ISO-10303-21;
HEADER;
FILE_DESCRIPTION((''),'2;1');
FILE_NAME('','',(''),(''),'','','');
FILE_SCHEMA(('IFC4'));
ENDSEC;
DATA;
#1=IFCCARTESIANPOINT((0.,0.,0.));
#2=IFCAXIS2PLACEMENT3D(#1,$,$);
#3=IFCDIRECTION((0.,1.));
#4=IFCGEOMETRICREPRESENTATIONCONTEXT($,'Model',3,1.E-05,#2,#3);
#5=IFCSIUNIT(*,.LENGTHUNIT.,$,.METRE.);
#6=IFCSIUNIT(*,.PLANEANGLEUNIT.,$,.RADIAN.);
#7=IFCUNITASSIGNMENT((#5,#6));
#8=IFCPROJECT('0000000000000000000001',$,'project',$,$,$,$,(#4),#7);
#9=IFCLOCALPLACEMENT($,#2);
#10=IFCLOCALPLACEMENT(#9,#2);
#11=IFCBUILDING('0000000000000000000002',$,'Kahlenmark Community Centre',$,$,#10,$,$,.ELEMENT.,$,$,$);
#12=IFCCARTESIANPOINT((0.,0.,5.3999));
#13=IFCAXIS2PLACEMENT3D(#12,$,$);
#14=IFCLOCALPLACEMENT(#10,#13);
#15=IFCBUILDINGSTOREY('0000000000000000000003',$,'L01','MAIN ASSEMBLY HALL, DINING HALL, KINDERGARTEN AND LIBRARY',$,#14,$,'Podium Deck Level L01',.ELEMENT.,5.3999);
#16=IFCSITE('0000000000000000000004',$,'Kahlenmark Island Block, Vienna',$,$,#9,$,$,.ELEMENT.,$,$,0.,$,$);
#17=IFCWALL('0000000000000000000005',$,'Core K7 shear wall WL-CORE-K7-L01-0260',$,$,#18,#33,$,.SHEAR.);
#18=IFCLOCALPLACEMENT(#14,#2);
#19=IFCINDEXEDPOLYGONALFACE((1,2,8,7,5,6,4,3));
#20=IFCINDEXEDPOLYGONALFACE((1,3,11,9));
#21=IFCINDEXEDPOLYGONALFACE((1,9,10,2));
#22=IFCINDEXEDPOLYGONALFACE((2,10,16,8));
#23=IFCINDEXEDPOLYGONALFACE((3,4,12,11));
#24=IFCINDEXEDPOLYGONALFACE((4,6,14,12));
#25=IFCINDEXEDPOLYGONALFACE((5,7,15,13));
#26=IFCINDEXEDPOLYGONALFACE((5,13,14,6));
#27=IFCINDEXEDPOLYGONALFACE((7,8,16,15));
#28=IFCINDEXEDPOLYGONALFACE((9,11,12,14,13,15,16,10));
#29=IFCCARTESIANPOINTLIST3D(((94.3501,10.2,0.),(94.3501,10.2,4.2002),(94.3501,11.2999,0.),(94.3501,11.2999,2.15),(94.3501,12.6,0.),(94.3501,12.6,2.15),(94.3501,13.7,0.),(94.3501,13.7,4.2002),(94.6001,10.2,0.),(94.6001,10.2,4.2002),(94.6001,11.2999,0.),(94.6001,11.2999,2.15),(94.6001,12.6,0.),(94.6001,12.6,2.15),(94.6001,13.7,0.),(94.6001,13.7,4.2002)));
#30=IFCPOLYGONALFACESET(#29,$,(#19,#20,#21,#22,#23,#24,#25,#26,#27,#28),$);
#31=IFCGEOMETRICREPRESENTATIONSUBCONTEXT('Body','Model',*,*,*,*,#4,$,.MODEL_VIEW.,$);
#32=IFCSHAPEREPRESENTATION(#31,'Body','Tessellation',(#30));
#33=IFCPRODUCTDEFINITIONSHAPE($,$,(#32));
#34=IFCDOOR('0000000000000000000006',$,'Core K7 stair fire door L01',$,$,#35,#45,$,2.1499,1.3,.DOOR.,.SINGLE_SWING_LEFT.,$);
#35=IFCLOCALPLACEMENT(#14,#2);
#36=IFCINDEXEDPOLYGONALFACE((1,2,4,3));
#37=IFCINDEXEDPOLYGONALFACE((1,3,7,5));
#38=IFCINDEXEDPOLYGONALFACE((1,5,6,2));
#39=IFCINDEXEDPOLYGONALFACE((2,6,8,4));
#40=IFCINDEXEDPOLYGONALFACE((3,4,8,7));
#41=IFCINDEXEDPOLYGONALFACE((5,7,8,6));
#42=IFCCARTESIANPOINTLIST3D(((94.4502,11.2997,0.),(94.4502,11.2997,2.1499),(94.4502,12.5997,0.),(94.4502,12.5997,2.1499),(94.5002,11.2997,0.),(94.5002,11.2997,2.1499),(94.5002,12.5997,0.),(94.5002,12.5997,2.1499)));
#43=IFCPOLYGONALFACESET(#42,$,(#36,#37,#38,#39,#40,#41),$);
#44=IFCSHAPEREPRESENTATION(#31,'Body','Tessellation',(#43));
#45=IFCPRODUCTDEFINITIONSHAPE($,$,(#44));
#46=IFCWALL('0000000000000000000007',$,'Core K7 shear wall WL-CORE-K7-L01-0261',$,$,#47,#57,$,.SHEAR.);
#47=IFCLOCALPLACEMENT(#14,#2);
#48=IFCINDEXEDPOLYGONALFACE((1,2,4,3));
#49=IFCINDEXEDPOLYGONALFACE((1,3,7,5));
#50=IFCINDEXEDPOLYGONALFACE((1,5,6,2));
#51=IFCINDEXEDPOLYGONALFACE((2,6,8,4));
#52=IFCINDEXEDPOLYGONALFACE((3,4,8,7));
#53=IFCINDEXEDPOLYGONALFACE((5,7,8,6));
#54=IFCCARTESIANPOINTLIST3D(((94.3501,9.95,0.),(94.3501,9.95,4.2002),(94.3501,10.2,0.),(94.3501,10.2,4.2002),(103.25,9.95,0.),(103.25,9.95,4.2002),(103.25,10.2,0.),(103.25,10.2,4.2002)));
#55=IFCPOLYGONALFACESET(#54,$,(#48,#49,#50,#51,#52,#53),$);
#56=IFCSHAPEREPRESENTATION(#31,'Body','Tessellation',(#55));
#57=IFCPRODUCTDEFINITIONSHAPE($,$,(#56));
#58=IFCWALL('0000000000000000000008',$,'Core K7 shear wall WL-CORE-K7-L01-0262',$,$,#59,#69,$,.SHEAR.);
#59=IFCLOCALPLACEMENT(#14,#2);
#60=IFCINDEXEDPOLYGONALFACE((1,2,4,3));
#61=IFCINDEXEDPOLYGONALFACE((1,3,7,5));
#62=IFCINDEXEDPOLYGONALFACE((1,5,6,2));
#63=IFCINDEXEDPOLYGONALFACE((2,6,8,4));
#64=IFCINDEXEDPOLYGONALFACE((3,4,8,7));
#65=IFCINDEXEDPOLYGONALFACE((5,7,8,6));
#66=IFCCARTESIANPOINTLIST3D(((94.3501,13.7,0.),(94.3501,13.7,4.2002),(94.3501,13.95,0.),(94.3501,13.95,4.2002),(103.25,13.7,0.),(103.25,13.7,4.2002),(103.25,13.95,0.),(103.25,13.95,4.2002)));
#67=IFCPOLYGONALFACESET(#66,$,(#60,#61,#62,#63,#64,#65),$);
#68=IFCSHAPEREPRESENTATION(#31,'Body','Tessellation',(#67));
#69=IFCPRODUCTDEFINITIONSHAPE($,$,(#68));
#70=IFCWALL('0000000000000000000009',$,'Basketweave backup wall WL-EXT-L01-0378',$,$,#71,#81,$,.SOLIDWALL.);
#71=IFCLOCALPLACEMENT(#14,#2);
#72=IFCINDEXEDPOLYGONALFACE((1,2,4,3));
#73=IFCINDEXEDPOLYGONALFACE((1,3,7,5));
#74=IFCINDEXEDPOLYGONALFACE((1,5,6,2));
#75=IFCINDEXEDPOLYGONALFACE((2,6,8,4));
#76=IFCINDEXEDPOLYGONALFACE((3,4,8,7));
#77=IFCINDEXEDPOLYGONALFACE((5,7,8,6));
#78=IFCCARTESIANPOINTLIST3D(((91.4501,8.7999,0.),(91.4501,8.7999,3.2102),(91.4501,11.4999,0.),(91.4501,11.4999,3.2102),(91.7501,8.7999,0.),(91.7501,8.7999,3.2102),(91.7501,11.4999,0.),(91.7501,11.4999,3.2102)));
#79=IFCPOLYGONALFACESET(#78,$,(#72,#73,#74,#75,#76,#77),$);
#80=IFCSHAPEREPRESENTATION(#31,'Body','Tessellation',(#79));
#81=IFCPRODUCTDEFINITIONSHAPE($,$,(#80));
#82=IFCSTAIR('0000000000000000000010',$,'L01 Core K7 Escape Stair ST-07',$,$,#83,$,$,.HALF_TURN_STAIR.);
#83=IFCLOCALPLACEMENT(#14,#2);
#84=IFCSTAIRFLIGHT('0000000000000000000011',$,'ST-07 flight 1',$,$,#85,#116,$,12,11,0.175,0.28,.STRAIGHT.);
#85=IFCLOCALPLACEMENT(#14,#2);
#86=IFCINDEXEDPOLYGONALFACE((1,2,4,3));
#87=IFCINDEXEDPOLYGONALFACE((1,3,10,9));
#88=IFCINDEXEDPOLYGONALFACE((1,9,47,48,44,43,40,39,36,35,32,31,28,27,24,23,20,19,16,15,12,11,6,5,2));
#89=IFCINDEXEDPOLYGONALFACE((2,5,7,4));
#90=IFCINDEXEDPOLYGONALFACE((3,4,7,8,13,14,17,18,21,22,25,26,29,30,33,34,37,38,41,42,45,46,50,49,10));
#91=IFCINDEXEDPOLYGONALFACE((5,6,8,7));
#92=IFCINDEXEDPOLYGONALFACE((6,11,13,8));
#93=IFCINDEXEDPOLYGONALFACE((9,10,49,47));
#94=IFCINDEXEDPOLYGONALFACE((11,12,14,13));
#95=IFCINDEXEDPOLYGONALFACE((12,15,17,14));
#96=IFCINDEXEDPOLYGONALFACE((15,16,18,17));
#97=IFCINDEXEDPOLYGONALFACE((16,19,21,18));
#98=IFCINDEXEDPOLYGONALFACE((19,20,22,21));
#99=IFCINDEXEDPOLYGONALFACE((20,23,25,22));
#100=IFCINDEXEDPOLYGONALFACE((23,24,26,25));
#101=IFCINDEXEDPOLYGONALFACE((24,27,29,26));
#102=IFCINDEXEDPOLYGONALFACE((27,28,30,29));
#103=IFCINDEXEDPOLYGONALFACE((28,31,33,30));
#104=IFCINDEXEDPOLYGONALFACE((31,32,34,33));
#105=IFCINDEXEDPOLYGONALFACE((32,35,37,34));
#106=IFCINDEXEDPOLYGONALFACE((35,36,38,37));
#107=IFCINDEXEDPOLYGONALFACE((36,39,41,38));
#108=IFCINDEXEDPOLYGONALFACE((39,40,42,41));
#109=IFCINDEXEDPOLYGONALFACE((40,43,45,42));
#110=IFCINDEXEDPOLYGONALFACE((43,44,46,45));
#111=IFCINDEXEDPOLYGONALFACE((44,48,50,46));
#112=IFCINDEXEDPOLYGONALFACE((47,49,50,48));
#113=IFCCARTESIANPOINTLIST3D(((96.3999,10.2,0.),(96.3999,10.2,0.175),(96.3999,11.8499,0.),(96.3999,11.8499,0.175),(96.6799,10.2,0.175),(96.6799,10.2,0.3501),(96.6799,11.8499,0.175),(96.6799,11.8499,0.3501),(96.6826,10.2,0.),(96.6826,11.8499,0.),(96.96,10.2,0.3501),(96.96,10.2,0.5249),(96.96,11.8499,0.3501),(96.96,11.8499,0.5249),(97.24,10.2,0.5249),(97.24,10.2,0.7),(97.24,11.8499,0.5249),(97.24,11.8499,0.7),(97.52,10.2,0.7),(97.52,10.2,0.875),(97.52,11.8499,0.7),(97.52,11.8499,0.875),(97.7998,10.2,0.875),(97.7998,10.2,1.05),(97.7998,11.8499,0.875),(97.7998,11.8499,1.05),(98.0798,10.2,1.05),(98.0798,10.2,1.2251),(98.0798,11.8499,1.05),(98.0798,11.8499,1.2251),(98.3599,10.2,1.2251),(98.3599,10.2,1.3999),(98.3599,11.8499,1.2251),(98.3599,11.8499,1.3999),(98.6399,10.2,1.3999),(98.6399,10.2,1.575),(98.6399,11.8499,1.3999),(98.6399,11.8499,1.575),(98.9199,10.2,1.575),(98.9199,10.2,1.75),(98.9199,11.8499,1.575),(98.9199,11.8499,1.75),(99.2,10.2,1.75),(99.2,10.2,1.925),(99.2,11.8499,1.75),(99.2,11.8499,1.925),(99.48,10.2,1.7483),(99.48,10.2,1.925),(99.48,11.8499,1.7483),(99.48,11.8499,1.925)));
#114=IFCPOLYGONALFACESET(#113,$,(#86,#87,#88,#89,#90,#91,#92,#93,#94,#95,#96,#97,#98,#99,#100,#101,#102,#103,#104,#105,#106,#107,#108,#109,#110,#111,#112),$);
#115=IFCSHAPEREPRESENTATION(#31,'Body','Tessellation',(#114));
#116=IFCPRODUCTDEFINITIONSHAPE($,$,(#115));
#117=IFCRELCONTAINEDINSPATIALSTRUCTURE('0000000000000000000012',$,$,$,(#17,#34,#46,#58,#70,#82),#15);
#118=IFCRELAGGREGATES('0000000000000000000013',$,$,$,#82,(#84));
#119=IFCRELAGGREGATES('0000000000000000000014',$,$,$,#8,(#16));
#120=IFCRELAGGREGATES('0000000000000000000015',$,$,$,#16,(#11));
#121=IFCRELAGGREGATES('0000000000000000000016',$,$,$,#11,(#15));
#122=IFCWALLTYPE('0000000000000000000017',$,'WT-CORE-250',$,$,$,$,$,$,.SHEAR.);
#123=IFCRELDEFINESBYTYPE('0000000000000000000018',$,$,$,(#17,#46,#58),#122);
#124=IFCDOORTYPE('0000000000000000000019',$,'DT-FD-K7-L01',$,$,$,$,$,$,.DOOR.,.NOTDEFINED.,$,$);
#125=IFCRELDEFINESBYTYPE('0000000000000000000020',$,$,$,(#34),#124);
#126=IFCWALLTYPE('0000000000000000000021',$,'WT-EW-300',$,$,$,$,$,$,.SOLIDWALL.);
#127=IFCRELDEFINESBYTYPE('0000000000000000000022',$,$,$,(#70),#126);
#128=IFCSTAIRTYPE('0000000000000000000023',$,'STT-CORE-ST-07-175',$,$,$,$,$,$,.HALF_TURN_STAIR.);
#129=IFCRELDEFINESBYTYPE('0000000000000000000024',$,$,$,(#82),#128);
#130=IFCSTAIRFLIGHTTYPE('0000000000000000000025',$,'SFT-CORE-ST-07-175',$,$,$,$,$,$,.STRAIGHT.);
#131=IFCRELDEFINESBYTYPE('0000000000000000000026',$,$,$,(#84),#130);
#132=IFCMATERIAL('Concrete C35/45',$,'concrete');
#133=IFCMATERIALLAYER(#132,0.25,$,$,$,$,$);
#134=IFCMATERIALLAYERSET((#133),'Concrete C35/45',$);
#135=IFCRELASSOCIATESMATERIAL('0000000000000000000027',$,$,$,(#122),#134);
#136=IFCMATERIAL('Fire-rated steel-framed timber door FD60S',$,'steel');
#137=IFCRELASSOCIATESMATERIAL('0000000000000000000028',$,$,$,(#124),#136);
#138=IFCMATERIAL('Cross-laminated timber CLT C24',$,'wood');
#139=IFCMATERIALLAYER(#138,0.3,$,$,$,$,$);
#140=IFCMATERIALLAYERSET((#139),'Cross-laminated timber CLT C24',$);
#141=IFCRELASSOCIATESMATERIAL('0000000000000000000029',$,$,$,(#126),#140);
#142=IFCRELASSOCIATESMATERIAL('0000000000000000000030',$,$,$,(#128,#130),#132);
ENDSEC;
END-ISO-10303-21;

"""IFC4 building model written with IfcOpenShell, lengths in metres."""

from ifc_helpers import new_model, si_unit, direction, frame, frame_2d, origin, place, context, subcontext, project, spatial, polyline, rectangle, outline, extrude, material, layer, layer_set, type_object, element, fill, aggregate, save


model = new_model("IFC4")

# Units and contexts
model_context = context("Model", 3, precision=1e-05, world=origin(), true_north=direction((0.0, 1.0)))
body_context = subcontext(model_context, "Body", "Model", "MODEL_VIEW")
ifc_project = project(units=[si_unit("LENGTHUNIT", "METRE"), si_unit("PLANEANGLEUNIT", "RADIAN")], contexts=[model_context])

# Site, building, storey
site_placement = place(None, origin())
site = spatial("IfcSite", under=ifc_project, at=site_placement, Name="Kahlenmark Island Block, Vienna", CompositionType="ELEMENT", RefElevation=0.0)
building_placement = place(site_placement, origin())
building = spatial("IfcBuilding", under=site, at=building_placement, Name="Kahlenmark Community Centre", CompositionType="ELEMENT")
storey_placement = place(building_placement, frame((0.0, 0.0, 5.3999)))
storey = spatial("IfcBuildingStorey", under=building, at=storey_placement, Name="L01", Description="MAIN ASSEMBLY HALL, DINING HALL, KINDERGARTEN AND LIBRARY", LongName="Podium Deck Level L01", CompositionType="ELEMENT", Elevation=5.3999)

# Shared definitions
ifc_material_1 = material(Name="Concrete C35/45", Category="concrete")

# Wall, opening, door
ifc_layer_1 = layer(ifc_material_1, 0.25)
ifc_layer_set_1 = layer_set([ifc_layer_1], Name="Concrete C35/45")
wall_type_1 = type_object("IfcWallType", Name="WT-CORE-250", PredefinedType="SHEAR", material=ifc_layer_set_1)
wall_1_placement = place(storey_placement, frame((94.4751, 13.7, 0.0), z_axis=(0.0, 0.0, 1.0), x_axis=(0.0, -1.0, 0.0)))
wall_1 = element("IfcWall", 1, at=wall_1_placement, inside=storey, type_object=wall_type_1, Name="Core K7 shear wall WL-CORE-K7-L01-0260", PredefinedType="SHEAR", context=body_context, shape_type="SweptSolid", body=[
    extrude(rectangle(XDim=3.5, YDim=0.25, at=frame_2d((1.75, 0.0))), origin(), (0.0, 0.0, 1.0), 4.2002),
])
opening_placement = place(wall_1_placement, frame((1.1001, 0.0, -0.01)))
opening = element("IfcOpeningElement", 2, at=opening_placement, cuts=wall_1, PredefinedType="OPENING", context=body_context, shape_type="SweptSolid", body=[
    extrude(rectangle(XDim=1.3, YDim=2.1599, at=frame_2d((0.6499, 1.0801))), frame((0.0, 0.135, 0.0), z_axis=(0.0, -1.0, 0.0), x_axis=(1.0, 0.0, 0.0)), (0.0, 0.0, 1.0), 0.27),
])
ifc_material_2 = material(Name="Fire-rated steel-framed timber door FD60S", Category="steel")
door_type = type_object("IfcDoorType", Name="DT-FD-K7-L01", OperationType="NOTDEFINED", PredefinedType="DOOR", material=ifc_material_2)
door_placement = place(opening_placement, frame((1.3, 0.0, 0.01), z_axis=(0.0, 0.0, 1.0), x_axis=(-1.0, 0.0, 0.0)))
door = element("IfcDoor", 3, at=door_placement, inside=storey, type_object=door_type, Name="Core K7 stair fire door L01", OperationType="SINGLE_SWING_LEFT", OverallHeight=2.1499, OverallWidth=1.3, PredefinedType="DOOR", context=body_context, shape_type="SweptSolid", body=[
    extrude(rectangle(XDim=1.3, YDim=2.1499, at=frame_2d((0.6499, 1.075))), frame((0.0, 0.0249, 0.0), z_axis=(0.0, -1.0, 0.0), x_axis=(1.0, 0.0, 0.0)), (0.0, 0.0, 1.0), 0.05),
])
fill(opening, door)

# Walls
for number, where, z_axis, x_axis, name in (
    (4, (94.3501, 10.075, 0.0), (0.0, 0.0, 1.0), (1.0, 0.0, 0.0), "Core K7 shear wall WL-CORE-K7-L01-0261"),
    (5, (94.3501, 13.825, 0.0), (0.0, 0.0, 1.0), (1.0, 0.0, 0.0), "Core K7 shear wall WL-CORE-K7-L01-0262"),
):
    element("IfcWall", number, at=place(storey_placement, frame(where, z_axis=z_axis, x_axis=x_axis)), inside=storey, type_object=wall_type_1, Name=name, PredefinedType="SHEAR", context=body_context, shape_type="SweptSolid", body=[
        extrude(rectangle(XDim=8.8999, YDim=0.25, at=frame_2d((4.45, 0.0))), origin(), (0.0, 0.0, 1.0), 4.2002),
    ])
ifc_material_3 = material(Name="Cross-laminated timber CLT C24", Category="wood")
ifc_layer_2 = layer(ifc_material_3, 0.3)
ifc_layer_set_2 = layer_set([ifc_layer_2], Name="Cross-laminated timber CLT C24")
wall_type_2 = type_object("IfcWallType", Name="WT-EW-300", PredefinedType="SOLIDWALL", material=ifc_layer_set_2)
wall_2_placement = place(storey_placement, frame((91.6001, 11.5, 0.0), z_axis=(0.0, 0.0, 1.0), x_axis=(0.0, -1.0, 0.0)))
element("IfcWall", 6, at=wall_2_placement, inside=storey, type_object=wall_type_2, Name="Basketweave backup wall WL-EXT-L01-0378", PredefinedType="SOLIDWALL", context=body_context, shape_type="SweptSolid", body=[
    extrude(rectangle(XDim=2.7, YDim=0.3, at=frame_2d((1.3501, 0.0))), origin(), (0.0, 0.0, 1.0), 3.2102),
])

# Stair, stair flight
stair_type = type_object("IfcStairType", Name="STT-CORE-ST-07-175", PredefinedType="HALF_TURN_STAIR", material=ifc_material_1)
stair_placement = place(storey_placement, origin())
stair = element("IfcStair", 7, at=stair_placement, inside=storey, type_object=stair_type, Name="L01 Core K7 Escape Stair ST-07", PredefinedType="HALF_TURN_STAIR")
stair_flight_type = type_object("IfcStairFlightType", Name="SFT-CORE-ST-07-175", PredefinedType="STRAIGHT", material=ifc_material_1)
stair_flight_placement = place(storey_placement, frame((96.3999, 11.0249, 0.0), z_axis=(0.0, 0.0, 1.0), x_axis=(1.0, 0.0, 0.0)))
stair_flight = element("IfcStairFlight", 8, at=stair_flight_placement, type_object=stair_flight_type, Name="ST-07 flight 1", NumberOfRisers=12, NumberOfTreads=11, PredefinedType="STRAIGHT", RiserHeight=0.175, TreadLength=0.28, context=body_context, shape_type="SweptSolid", body=[
    extrude(outline(polyline([(0.0, 0.0), (0.0, 0.175), (0.28, 0.175), (0.28, 0.3501), (0.5601, 0.3501), (0.5601, 0.5249), (0.8401, 0.5249), (0.8401, 0.7), (1.1201, 0.7), (1.1201, 0.875), (1.3999, 0.875), (1.3999, 1.05), (1.6799, 1.05), (1.6799, 1.2251), (1.96, 1.2251), (1.96, 1.3999), (2.24, 1.3999), (2.24, 1.575), (2.52, 1.575), (2.52, 1.75), (2.8, 1.75), (2.8, 1.925), (3.0801, 1.925), (3.0801, 2.1001), (3.0801, 1.7483), (0.2827, 0.0), (0.0, 0.0)])), frame((0.0, 0.825, 0.0), z_axis=(0.0, -1.0, 0.0), x_axis=(1.0, 0.0, 0.0)), (0.0, 0.0, 1.0), 1.6499),
])
aggregate(stair, [stair_flight])

save(model, "model.ifc")
